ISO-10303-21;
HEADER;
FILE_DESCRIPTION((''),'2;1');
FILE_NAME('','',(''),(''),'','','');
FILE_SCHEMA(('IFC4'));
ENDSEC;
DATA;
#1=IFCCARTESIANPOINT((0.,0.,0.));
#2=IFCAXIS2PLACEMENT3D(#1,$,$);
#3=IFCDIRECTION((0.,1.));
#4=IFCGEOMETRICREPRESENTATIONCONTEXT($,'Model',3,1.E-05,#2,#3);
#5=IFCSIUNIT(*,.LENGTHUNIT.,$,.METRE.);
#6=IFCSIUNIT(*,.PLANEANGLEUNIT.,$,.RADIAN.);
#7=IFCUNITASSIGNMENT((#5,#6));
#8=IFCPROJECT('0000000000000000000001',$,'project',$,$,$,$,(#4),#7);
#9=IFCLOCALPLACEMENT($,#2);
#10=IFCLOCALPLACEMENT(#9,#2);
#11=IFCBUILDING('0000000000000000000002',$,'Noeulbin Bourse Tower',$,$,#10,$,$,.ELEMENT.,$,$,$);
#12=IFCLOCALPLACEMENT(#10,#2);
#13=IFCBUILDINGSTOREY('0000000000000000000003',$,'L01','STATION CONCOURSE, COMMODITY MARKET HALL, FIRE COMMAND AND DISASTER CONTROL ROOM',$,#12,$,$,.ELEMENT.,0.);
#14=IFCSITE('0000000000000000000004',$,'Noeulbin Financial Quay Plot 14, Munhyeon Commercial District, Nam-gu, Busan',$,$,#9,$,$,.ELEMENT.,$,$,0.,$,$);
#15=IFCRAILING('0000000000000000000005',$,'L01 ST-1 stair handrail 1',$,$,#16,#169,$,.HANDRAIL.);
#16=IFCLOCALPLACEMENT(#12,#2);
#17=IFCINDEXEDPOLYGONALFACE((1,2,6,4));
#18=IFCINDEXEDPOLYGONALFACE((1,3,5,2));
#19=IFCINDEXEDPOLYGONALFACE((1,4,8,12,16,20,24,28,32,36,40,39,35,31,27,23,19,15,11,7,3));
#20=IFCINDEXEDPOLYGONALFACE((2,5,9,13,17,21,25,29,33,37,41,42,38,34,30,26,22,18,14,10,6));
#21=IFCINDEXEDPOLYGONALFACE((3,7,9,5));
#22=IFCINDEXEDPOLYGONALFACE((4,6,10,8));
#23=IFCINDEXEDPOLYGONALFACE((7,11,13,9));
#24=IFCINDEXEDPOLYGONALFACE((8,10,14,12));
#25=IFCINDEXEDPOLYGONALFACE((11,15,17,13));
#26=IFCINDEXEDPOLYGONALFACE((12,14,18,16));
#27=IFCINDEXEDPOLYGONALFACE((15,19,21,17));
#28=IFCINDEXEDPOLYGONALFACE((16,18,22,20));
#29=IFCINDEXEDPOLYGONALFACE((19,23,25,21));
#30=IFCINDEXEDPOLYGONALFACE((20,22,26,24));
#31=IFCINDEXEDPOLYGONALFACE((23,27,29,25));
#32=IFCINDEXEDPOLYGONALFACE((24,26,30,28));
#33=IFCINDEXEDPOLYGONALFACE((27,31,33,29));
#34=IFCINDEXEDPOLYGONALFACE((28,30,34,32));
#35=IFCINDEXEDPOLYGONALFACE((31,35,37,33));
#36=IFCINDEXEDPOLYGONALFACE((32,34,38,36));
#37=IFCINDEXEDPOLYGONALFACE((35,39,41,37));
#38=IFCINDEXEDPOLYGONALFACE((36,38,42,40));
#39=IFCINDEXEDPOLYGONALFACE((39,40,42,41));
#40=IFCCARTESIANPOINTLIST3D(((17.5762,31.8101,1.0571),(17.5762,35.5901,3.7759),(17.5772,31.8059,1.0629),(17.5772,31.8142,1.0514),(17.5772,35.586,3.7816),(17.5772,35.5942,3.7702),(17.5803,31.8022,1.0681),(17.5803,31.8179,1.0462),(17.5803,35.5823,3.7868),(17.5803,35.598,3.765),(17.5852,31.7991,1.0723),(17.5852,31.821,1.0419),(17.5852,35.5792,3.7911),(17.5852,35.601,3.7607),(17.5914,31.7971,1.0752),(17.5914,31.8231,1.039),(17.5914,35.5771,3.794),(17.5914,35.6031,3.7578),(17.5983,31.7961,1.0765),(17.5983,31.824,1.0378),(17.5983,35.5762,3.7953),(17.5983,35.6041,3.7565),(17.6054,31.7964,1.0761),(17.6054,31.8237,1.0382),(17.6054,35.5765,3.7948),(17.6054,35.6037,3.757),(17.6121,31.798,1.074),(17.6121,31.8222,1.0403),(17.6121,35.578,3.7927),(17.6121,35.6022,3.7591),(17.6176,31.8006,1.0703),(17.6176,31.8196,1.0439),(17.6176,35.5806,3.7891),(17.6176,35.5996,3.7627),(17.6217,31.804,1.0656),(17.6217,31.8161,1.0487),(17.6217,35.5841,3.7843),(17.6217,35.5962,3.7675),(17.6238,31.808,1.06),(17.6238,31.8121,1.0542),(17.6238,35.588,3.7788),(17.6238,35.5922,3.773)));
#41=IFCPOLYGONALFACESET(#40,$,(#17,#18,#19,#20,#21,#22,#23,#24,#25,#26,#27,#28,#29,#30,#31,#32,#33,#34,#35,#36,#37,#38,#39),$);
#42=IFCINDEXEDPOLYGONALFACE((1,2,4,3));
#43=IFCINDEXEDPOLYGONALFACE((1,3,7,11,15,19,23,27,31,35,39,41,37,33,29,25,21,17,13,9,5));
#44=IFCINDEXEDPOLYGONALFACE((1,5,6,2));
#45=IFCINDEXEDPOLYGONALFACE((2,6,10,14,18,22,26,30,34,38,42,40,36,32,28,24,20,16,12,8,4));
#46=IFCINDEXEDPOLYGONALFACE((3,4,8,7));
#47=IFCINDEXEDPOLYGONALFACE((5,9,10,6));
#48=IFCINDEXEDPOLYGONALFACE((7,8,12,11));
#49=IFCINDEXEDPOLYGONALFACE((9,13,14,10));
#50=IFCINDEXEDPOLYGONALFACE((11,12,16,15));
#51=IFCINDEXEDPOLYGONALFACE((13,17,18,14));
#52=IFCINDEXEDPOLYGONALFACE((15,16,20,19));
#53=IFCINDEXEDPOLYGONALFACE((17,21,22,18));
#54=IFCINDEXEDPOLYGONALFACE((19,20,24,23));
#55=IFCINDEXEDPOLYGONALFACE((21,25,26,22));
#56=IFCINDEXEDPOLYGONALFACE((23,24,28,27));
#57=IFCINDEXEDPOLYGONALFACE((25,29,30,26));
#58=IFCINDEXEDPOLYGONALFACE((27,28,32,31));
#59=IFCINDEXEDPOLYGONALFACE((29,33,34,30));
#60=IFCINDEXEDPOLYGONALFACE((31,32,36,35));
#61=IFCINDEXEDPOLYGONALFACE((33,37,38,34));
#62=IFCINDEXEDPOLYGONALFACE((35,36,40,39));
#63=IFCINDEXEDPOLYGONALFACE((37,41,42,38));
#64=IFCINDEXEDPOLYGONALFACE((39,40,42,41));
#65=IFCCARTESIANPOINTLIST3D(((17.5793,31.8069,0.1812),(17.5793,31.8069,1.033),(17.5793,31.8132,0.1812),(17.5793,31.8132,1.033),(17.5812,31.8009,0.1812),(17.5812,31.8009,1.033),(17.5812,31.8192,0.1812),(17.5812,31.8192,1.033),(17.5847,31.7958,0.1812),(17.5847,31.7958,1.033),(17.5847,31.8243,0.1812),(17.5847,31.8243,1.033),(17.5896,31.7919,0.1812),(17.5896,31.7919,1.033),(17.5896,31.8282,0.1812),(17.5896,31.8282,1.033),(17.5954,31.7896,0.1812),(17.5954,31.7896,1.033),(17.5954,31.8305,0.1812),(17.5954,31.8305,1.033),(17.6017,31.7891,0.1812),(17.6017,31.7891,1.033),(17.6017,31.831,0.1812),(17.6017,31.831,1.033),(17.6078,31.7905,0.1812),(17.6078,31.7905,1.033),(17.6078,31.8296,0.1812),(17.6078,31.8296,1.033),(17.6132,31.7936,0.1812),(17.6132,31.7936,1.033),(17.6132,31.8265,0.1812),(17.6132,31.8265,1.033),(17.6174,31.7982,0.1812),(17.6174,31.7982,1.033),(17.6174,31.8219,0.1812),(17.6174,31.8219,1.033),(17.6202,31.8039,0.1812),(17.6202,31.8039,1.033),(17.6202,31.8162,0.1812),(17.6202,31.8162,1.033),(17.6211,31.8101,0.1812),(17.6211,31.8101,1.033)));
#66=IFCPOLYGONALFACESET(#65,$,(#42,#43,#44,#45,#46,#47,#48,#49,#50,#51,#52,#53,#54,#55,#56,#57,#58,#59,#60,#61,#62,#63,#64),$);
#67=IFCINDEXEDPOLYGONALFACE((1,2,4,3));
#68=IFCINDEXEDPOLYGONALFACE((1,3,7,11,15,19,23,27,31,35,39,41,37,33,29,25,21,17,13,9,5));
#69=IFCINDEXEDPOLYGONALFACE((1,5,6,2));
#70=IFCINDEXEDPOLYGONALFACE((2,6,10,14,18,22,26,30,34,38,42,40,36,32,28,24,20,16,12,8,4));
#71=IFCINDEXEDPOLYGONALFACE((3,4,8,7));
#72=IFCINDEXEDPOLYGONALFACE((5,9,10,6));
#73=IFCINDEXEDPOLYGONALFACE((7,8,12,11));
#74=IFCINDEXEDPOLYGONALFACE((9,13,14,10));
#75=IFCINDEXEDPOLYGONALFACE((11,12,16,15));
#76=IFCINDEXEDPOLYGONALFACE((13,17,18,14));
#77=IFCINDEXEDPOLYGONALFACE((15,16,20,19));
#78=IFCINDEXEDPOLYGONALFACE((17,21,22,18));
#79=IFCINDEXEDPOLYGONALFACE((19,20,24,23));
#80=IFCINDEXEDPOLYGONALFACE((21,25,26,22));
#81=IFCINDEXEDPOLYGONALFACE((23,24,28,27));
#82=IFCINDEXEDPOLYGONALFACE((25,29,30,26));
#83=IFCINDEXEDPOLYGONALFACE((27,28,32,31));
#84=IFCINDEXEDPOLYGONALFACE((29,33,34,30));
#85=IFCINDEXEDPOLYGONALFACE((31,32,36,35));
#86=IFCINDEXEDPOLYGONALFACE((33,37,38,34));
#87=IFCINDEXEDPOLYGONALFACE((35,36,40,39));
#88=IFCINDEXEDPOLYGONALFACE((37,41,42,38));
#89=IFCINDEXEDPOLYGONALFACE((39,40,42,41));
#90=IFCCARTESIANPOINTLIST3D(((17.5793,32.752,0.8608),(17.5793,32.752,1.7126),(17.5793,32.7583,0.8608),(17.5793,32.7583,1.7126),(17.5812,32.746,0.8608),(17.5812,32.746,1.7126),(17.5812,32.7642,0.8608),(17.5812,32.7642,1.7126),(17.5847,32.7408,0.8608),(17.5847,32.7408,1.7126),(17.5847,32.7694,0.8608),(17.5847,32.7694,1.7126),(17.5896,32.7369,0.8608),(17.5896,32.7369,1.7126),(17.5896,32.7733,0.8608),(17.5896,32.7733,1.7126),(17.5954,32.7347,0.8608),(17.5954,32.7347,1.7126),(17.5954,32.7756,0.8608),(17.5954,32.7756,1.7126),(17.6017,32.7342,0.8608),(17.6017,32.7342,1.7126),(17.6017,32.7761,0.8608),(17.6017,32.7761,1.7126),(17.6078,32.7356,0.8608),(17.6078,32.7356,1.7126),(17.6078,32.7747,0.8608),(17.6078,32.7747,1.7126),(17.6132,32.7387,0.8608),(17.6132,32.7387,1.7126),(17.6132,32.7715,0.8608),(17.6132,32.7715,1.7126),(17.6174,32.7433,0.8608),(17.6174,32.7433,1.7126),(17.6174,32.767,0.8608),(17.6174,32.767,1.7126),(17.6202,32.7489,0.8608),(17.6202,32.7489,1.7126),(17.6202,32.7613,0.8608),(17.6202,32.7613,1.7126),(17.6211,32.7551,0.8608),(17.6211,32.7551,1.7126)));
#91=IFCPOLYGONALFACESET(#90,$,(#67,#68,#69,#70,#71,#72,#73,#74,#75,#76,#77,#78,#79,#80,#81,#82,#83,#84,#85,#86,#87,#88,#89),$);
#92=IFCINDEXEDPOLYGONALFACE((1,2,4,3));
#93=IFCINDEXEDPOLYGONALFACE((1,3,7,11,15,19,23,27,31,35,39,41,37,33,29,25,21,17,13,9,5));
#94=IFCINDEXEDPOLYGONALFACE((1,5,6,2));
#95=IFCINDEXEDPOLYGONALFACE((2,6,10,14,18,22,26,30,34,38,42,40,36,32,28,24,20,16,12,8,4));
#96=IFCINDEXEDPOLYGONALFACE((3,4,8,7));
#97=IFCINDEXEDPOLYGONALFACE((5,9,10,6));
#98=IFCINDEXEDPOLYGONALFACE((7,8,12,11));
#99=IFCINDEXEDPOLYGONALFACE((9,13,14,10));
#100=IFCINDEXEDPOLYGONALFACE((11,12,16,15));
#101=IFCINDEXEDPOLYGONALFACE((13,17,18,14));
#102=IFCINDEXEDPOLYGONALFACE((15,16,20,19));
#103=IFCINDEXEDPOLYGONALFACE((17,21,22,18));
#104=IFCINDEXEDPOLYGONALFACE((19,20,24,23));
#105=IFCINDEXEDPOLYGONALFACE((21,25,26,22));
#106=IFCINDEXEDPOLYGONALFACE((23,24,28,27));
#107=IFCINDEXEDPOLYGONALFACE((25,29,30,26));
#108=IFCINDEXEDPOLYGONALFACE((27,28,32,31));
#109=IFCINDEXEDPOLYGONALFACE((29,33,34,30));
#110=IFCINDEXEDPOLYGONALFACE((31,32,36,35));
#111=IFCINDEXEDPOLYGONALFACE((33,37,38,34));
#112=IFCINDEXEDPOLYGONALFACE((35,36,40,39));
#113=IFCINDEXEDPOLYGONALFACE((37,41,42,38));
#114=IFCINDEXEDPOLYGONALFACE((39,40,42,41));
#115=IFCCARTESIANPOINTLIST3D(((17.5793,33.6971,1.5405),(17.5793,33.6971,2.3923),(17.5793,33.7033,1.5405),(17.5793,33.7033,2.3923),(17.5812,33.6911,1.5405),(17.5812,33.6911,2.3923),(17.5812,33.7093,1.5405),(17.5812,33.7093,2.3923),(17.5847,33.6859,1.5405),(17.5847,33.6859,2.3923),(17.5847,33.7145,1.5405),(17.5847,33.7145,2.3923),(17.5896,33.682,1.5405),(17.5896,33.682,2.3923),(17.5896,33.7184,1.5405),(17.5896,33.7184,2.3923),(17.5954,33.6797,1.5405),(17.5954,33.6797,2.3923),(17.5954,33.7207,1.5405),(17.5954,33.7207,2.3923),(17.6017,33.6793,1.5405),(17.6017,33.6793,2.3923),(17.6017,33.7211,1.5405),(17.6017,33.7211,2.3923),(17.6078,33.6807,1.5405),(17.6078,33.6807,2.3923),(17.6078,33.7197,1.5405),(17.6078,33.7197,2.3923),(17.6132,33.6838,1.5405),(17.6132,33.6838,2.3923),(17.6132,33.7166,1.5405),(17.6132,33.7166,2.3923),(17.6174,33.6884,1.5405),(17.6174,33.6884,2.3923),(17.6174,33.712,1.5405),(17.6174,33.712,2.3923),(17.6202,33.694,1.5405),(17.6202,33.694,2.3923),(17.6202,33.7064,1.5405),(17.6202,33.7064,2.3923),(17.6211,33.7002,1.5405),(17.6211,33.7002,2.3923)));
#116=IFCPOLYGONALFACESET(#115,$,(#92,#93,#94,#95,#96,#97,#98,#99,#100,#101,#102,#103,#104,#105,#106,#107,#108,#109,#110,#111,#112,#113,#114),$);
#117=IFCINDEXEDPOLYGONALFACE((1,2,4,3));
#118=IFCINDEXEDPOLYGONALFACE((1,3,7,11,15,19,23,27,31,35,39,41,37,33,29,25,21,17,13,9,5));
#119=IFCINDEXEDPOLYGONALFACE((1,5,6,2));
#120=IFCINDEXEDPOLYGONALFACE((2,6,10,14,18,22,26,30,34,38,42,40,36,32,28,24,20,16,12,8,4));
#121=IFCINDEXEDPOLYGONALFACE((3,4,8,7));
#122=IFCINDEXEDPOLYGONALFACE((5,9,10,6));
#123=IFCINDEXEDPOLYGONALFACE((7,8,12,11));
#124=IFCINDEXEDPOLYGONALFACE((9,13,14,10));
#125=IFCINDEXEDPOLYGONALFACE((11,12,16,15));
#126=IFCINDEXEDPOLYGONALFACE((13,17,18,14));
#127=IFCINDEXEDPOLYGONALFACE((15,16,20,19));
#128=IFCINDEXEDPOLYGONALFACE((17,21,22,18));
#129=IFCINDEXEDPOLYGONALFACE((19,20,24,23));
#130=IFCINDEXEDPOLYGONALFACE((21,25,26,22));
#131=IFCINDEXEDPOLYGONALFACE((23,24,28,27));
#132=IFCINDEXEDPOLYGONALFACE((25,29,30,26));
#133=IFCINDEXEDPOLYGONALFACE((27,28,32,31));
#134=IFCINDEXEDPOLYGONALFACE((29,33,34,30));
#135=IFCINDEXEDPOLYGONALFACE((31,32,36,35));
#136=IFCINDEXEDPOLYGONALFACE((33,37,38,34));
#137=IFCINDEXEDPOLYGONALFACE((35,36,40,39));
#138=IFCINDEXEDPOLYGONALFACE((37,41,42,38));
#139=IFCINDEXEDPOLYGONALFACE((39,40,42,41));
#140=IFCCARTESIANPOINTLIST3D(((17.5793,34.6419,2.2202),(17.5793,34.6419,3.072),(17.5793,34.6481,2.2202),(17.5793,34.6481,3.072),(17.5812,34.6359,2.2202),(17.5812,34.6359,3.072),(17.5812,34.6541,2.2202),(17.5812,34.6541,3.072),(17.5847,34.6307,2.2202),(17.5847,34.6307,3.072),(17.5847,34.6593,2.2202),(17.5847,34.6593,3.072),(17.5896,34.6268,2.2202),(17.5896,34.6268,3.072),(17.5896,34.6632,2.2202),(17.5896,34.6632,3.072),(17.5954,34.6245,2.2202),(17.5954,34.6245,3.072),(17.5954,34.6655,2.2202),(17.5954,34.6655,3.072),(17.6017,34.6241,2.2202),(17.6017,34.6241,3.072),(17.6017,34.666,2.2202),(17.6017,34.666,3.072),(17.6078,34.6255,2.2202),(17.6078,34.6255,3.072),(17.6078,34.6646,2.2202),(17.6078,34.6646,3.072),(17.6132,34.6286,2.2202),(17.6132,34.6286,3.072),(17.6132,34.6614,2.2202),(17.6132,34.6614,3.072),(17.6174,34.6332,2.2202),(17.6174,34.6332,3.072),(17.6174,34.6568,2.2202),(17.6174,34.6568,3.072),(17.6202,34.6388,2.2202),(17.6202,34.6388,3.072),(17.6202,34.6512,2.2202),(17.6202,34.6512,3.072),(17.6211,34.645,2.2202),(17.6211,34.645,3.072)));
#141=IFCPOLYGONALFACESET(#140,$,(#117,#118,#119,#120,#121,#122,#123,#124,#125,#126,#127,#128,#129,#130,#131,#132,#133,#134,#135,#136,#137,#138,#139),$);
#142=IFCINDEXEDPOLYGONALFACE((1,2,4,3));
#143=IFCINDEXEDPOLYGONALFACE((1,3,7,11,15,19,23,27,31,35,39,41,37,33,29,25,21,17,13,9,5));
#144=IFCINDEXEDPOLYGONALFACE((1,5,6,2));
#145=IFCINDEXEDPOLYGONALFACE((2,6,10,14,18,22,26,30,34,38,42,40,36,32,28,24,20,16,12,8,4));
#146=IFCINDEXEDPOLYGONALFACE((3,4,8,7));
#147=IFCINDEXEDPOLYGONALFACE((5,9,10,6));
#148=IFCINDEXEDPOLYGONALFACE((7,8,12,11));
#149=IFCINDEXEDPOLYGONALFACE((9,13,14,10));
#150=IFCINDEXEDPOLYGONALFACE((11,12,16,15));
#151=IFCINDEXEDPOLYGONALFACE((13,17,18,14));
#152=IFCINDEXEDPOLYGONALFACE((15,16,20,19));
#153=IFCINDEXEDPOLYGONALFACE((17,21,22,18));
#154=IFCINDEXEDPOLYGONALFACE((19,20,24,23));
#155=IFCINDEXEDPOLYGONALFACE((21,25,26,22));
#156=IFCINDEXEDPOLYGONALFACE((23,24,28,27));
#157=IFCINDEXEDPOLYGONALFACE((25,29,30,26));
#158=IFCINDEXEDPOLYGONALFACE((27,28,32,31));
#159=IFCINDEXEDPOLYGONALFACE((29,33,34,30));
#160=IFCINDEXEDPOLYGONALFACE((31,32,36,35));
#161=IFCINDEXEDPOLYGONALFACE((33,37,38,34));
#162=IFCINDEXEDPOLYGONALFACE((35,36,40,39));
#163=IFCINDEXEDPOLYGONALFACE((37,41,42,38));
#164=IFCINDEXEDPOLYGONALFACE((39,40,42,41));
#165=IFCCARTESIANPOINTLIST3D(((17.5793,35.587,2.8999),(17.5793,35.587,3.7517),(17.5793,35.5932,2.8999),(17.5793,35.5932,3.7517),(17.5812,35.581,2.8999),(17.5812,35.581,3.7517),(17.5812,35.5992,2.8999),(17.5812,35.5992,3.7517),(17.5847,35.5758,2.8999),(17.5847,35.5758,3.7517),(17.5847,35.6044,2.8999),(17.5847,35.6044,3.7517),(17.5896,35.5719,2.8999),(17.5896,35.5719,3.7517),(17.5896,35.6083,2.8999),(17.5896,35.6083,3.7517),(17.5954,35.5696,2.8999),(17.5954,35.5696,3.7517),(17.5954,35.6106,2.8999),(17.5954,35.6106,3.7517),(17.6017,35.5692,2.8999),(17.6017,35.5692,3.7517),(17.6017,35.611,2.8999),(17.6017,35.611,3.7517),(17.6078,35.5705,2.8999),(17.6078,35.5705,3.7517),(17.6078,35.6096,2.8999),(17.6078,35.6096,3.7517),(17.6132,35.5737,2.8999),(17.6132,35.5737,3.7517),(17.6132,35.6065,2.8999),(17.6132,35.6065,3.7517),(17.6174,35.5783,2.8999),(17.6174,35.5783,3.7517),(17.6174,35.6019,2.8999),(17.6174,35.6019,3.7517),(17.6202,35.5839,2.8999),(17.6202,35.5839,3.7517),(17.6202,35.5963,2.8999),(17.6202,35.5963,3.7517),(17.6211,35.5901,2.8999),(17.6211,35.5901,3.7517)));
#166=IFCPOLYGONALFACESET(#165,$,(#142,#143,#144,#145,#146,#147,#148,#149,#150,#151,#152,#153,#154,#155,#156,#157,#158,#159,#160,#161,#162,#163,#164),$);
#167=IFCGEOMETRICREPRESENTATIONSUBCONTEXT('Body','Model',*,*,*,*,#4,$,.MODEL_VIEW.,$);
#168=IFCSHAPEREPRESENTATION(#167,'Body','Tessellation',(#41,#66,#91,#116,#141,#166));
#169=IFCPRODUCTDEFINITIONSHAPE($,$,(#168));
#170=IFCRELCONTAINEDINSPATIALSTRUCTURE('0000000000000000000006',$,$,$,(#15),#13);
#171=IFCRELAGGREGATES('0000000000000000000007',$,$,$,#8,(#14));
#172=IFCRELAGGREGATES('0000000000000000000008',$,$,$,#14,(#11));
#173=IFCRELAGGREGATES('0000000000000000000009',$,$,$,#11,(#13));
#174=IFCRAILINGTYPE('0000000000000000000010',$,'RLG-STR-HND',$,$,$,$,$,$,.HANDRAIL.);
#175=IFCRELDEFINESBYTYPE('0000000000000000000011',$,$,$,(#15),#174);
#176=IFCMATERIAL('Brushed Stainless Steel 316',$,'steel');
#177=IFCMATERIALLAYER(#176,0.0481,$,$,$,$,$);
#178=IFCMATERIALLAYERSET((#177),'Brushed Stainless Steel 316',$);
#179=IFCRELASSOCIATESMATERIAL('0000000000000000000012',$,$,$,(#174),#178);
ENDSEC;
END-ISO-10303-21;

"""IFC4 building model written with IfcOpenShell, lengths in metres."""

from ifc_helpers import new_model, si_unit, direction, frame, origin, origin_2d, place, context, subcontext, project, spatial, circle, extrude, material, layer, layer_set, type_object, element, save


model = new_model("IFC4")

# Units and contexts
model_context = context("Model", 3, precision=1e-05, world=origin(), true_north=direction((0.0, 1.0)))
body_context = subcontext(model_context, "Body", "Model", "MODEL_VIEW")
ifc_project = project(units=[si_unit("LENGTHUNIT", "METRE"), si_unit("PLANEANGLEUNIT", "RADIAN")], contexts=[model_context])

# Site, building, storey
site_placement = place(None, origin())
site = spatial("IfcSite", under=ifc_project, at=site_placement, Name="Noeulbin Financial Quay Plot 14, Munhyeon Commercial District, Nam-gu, Busan", CompositionType="ELEMENT", RefElevation=0.0)
building_placement = place(site_placement, origin())
building = spatial("IfcBuilding", under=site, at=building_placement, Name="Noeulbin Bourse Tower", CompositionType="ELEMENT")
storey_placement = place(building_placement, origin())
storey = spatial("IfcBuildingStorey", under=building, at=storey_placement, Name="L01", Description="STATION CONCOURSE, COMMODITY MARKET HALL, FIRE COMMAND AND DISASTER CONTROL ROOM", CompositionType="ELEMENT", Elevation=0.0)

# Shared definitions
ifc_material_1 = material(Name="Brushed Stainless Steel 316", Category="steel")

# Railing
ifc_layer_1 = layer(ifc_material_1, 0.0481)
ifc_layer_set_1 = layer_set([ifc_layer_1], Name="Brushed Stainless Steel 316")
railing_type_1 = type_object("IfcRailingType", Name="RLG-STR-HND", PredefinedType="HANDRAIL", material=ifc_layer_set_1)
railing_1_placement = place(storey_placement, frame((17.6001, 31.8101, 0.1812)))
element("IfcRailing", 1, at=railing_1_placement, inside=storey, type_object=railing_type_1, Name="L01 ST-1 stair handrail 1", PredefinedType="HANDRAIL", context=body_context, shape_type="SweptSolid", body=[
    extrude(circle(Radius=0.0239, at=origin_2d()), frame((0.0, 0.0, 0.876), z_axis=(0.0, 0.811827, 0.583899), x_axis=(-1.0, 0.0, 0.0)), (0.0, 0.0, 1.0), 4.6562),
    extrude(circle(Radius=0.021, at=origin_2d()), origin(), (0.0, 0.0, 1.0), 0.8518),
    extrude(circle(Radius=0.021, at=origin_2d()), frame((0.0, 0.9451, 0.6797)), (0.0, 0.0, 1.0), 0.8518),
    extrude(circle(Radius=0.021, at=origin_2d()), frame((0.0, 1.8901, 1.3594)), (0.0, 0.0, 1.0), 0.8518),
    extrude(circle(Radius=0.021, at=origin_2d()), frame((0.0, 2.835, 2.0391)), (0.0, 0.0, 1.0), 0.8518),
    extrude(circle(Radius=0.021, at=origin_2d()), frame((0.0, 3.78, 2.7188)), (0.0, 0.0, 1.0), 0.8518),
])

save(model, "model.ifc")
